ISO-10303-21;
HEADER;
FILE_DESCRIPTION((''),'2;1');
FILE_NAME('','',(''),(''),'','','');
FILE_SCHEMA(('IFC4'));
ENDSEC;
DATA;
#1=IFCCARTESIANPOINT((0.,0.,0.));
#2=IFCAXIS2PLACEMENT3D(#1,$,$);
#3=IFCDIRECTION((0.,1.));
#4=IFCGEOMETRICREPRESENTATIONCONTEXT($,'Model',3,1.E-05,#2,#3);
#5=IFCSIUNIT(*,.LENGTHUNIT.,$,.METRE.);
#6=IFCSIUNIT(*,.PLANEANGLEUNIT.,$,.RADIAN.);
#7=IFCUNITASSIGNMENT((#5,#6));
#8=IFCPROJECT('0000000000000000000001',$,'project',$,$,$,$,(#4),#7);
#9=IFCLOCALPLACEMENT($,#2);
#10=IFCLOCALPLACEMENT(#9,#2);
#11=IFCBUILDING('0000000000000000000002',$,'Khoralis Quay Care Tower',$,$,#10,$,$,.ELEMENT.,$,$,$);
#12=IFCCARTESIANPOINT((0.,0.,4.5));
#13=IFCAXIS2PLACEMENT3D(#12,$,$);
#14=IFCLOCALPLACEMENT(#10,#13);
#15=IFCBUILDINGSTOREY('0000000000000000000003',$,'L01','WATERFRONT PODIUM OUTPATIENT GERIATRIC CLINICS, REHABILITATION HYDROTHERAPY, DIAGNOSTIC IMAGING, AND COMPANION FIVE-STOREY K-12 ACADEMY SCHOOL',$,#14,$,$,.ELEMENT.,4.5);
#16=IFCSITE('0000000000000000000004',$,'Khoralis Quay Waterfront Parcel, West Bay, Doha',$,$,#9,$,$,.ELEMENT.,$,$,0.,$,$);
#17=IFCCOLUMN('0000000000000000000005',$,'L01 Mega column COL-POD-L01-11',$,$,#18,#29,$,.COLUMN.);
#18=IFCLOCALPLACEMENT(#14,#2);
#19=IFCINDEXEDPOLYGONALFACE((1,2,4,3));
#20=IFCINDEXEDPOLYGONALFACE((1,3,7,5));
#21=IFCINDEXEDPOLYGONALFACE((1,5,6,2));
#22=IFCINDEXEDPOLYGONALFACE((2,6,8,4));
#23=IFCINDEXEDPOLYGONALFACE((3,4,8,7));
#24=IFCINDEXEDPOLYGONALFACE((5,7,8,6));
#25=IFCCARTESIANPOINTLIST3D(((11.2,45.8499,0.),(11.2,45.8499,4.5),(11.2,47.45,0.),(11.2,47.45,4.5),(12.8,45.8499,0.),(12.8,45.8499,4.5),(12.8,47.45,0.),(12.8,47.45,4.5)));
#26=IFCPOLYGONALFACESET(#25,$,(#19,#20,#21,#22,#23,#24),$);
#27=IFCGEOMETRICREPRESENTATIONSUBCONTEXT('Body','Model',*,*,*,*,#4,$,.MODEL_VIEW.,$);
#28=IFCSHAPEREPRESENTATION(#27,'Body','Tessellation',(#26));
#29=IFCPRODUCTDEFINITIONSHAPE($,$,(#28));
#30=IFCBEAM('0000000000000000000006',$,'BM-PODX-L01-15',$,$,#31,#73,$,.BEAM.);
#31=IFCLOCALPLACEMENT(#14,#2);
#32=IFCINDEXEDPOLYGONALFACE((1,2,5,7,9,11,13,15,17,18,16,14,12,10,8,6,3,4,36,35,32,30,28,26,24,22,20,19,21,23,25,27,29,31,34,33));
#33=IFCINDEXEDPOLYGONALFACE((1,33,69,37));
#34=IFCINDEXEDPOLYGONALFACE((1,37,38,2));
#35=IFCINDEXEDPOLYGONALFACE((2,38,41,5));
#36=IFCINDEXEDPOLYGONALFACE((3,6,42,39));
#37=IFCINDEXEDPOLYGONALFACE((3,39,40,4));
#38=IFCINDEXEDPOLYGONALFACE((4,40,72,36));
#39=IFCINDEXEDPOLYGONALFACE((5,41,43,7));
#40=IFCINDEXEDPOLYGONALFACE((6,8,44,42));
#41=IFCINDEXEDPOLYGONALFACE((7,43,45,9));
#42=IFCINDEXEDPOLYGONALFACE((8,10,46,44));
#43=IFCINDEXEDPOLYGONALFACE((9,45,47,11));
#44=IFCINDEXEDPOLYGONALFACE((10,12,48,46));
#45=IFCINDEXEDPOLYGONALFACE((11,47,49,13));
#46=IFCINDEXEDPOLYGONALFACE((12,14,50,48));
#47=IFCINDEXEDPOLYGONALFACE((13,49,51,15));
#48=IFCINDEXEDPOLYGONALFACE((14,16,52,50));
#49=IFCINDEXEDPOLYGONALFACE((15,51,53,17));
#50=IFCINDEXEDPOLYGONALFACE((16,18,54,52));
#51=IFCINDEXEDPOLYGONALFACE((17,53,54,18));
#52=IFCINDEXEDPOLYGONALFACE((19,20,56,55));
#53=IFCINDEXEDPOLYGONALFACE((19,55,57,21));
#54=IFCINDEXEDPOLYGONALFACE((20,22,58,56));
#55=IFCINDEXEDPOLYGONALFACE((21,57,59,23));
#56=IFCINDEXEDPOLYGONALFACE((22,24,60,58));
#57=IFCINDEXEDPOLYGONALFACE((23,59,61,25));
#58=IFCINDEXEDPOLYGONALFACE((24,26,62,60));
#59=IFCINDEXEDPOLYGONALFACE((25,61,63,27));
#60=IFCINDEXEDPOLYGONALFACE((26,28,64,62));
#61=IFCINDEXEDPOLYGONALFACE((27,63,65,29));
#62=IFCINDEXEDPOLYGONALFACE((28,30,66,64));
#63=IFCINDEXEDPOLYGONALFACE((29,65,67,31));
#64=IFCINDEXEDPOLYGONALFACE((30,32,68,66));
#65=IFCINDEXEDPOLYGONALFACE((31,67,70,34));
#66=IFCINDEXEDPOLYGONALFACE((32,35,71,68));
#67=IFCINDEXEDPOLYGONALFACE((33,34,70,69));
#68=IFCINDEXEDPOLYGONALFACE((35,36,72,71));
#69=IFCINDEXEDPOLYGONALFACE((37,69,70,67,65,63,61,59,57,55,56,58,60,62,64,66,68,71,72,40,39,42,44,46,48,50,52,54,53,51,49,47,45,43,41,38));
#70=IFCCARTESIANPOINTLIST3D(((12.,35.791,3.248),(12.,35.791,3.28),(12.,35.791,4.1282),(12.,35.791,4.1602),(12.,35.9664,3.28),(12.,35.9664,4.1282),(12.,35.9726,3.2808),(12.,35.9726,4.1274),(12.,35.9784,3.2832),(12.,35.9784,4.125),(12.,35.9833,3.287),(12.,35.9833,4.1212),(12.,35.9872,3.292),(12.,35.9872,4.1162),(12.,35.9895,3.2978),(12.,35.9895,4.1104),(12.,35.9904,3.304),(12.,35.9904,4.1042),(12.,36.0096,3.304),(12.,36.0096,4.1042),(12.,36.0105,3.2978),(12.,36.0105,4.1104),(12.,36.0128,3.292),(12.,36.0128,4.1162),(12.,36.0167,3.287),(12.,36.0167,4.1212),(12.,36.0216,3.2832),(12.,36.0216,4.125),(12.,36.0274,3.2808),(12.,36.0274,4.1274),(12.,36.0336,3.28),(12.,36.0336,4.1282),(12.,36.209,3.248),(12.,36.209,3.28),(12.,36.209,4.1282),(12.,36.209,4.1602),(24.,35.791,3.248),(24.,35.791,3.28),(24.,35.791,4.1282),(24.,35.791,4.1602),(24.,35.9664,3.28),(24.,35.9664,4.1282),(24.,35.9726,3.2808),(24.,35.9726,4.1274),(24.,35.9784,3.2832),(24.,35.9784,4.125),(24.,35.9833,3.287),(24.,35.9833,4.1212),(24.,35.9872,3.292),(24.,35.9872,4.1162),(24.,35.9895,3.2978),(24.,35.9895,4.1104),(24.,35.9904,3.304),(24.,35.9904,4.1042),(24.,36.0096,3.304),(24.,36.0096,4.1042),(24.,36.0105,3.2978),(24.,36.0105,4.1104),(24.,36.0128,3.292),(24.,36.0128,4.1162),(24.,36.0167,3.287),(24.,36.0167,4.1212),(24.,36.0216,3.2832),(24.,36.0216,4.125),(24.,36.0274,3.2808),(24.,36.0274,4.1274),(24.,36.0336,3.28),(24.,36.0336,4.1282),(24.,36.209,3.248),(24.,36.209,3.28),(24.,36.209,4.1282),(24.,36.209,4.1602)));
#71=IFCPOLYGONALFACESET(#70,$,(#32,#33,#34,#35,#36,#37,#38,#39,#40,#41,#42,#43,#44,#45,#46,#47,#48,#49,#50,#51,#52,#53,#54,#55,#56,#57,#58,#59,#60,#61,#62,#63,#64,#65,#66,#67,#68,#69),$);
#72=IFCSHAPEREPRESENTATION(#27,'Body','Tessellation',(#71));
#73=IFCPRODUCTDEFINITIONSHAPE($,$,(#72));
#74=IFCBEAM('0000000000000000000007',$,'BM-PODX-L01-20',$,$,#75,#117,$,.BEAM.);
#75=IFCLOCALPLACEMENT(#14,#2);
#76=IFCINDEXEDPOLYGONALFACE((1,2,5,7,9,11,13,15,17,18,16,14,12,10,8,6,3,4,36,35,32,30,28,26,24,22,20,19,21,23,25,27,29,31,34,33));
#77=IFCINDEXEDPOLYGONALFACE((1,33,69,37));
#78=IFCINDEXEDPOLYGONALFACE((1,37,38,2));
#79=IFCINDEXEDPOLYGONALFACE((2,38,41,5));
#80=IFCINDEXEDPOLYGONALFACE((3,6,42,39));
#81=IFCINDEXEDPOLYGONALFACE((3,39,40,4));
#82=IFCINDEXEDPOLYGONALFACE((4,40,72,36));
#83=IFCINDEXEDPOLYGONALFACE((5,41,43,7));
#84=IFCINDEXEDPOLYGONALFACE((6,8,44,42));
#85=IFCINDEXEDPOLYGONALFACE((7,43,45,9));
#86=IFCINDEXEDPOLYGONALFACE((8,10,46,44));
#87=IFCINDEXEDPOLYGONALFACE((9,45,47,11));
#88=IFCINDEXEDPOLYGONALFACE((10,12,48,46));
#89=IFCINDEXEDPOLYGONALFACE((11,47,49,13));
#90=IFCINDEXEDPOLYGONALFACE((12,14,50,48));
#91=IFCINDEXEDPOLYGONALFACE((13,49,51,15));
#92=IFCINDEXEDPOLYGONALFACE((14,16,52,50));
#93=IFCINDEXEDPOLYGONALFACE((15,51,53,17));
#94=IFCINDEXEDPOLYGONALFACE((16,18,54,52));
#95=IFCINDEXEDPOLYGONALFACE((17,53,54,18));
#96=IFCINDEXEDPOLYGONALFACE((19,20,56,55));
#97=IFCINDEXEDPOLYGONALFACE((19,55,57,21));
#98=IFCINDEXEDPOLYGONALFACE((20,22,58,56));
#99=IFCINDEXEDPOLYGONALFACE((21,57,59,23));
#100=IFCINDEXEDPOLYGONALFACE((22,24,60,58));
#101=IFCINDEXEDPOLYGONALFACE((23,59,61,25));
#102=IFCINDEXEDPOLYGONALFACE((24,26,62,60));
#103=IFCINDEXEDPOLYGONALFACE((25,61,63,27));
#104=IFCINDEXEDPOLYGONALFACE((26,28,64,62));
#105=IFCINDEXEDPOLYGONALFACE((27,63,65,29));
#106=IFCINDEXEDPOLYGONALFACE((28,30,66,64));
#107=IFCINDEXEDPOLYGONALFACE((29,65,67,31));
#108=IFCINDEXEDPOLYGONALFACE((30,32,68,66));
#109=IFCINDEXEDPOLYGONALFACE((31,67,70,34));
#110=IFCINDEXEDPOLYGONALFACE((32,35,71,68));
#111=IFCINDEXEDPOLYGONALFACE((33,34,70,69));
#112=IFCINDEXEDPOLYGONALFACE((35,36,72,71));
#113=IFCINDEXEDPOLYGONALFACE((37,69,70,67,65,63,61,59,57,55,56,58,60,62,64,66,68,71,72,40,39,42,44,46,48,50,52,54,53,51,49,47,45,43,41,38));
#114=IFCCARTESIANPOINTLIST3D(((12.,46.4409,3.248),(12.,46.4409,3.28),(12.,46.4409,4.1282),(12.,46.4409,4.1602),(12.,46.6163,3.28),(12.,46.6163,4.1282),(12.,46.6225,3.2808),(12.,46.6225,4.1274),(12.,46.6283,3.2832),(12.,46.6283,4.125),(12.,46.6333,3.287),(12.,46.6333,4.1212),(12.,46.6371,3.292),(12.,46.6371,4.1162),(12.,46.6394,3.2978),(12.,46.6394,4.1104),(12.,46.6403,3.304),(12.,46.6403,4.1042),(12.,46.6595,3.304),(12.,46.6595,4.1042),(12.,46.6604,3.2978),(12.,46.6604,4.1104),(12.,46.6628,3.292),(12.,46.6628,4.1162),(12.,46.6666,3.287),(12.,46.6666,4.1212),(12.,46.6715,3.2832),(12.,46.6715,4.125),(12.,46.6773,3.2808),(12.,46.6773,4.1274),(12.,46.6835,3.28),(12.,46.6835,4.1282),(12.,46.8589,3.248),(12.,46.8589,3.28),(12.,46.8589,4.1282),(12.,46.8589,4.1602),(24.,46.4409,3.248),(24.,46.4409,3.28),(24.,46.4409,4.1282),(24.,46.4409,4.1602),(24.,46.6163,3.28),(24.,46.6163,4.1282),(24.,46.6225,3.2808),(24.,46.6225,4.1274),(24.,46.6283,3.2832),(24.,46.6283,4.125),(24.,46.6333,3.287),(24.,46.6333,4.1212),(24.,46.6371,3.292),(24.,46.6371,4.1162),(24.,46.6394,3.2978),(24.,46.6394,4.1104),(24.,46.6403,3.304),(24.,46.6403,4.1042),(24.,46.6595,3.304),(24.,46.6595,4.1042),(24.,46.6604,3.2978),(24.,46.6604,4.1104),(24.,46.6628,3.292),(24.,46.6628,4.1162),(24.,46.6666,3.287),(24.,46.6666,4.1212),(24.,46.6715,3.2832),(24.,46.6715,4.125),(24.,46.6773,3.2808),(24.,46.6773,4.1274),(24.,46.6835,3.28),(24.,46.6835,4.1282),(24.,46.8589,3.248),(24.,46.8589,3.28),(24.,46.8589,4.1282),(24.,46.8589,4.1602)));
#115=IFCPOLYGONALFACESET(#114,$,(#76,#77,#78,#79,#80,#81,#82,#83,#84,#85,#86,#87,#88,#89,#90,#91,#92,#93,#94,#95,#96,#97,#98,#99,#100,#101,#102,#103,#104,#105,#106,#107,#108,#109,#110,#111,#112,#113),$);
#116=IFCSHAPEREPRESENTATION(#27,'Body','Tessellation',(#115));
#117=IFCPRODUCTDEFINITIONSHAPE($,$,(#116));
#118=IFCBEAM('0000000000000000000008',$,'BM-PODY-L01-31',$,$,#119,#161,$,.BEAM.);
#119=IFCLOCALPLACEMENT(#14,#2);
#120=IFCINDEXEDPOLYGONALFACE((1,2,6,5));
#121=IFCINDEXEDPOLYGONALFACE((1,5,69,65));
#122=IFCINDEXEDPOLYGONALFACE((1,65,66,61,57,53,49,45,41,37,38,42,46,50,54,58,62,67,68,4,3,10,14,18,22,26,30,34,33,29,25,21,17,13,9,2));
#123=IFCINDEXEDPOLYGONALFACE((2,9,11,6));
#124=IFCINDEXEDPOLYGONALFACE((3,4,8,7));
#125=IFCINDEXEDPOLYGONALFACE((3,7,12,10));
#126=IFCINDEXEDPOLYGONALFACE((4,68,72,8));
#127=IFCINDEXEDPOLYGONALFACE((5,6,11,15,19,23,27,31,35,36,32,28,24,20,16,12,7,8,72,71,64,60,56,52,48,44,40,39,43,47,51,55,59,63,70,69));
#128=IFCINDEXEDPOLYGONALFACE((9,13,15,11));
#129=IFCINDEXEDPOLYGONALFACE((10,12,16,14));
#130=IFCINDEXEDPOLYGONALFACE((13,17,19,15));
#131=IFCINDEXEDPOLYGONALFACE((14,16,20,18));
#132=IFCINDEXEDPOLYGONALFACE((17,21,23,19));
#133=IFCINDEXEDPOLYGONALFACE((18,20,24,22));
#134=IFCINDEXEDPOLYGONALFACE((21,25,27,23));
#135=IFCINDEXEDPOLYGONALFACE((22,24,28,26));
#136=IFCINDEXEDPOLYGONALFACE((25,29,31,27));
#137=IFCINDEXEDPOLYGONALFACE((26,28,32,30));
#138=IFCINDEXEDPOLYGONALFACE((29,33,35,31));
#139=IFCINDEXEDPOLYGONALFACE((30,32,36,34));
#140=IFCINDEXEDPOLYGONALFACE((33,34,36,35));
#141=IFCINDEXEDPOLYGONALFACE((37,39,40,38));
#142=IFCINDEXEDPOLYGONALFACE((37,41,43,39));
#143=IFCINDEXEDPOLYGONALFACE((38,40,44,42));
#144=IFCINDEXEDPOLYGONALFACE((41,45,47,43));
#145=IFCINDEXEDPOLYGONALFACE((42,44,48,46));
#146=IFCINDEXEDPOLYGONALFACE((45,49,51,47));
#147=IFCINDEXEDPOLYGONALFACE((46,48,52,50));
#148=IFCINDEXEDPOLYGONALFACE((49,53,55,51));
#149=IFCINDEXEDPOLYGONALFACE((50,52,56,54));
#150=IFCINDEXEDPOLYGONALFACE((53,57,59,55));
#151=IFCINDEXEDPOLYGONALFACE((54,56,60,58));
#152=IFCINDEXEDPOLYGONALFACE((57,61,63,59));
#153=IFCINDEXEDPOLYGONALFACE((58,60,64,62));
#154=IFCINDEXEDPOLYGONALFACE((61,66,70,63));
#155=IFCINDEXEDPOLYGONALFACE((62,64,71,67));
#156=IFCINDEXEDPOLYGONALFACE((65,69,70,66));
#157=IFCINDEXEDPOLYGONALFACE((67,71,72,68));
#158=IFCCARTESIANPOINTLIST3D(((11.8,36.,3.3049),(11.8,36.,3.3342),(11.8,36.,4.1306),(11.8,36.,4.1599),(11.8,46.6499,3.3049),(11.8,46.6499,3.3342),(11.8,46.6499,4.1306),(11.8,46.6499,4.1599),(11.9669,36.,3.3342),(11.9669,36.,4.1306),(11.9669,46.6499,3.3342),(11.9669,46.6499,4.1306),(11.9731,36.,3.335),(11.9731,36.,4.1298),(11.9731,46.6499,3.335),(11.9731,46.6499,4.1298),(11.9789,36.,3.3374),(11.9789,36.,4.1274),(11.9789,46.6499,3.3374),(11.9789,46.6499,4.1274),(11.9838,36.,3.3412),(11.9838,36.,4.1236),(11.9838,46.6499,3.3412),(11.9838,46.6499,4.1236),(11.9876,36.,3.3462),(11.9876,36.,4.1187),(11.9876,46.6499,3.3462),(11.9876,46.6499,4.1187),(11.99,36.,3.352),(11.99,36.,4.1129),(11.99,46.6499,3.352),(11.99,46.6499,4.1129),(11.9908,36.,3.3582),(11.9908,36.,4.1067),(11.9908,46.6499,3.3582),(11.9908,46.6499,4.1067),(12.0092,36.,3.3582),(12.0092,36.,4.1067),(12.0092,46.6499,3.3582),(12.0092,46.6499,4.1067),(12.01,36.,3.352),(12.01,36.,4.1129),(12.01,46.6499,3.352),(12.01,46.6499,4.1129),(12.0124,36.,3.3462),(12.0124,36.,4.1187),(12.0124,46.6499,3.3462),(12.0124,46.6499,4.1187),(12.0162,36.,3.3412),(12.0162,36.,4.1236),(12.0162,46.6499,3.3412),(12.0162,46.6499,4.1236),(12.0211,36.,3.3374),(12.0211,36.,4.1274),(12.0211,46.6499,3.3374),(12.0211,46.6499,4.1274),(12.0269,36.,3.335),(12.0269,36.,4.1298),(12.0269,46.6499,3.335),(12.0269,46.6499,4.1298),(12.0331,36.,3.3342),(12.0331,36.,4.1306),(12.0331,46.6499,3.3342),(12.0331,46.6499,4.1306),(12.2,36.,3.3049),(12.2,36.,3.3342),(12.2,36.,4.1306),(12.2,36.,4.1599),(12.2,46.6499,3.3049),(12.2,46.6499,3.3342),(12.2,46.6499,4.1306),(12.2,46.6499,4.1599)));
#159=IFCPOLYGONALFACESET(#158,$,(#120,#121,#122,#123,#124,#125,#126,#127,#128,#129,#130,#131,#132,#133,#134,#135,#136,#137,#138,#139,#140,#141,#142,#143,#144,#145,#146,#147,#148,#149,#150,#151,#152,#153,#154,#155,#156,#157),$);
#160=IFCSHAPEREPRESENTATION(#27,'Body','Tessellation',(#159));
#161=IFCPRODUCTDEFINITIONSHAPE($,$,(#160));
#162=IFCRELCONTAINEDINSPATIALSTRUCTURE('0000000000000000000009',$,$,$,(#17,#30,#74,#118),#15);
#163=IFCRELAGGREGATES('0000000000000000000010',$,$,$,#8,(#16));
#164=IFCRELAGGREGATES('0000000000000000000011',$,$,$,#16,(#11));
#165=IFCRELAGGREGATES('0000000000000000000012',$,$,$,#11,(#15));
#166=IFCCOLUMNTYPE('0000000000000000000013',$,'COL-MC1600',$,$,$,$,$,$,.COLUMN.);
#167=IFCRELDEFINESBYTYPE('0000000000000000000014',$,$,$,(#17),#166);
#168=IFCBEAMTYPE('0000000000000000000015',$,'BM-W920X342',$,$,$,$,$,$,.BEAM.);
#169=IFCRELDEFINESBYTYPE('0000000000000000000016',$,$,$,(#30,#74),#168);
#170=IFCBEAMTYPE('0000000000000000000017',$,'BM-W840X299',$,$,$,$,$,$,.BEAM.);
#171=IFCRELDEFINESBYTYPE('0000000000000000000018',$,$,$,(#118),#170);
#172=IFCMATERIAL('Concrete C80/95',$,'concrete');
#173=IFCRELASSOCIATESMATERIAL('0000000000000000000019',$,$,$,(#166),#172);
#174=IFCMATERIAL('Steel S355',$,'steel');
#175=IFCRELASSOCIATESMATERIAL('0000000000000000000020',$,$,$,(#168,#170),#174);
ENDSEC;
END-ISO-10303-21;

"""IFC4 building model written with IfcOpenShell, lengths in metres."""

from ifc_helpers import new_model, si_unit, direction, frame, origin, origin_2d, place, context, subcontext, project, spatial, rectangle, i_section, extrude, source, transform, mapped, material, material_profile, profile_set, type_object, element, save


model = new_model("IFC4")

# Units and contexts
model_context = context("Model", 3, precision=1e-05, world=origin(), true_north=direction((0.0, 1.0)))
body_context = subcontext(model_context, "Body", "Model", "MODEL_VIEW")
ifc_project = project(units=[si_unit("LENGTHUNIT", "METRE"), si_unit("PLANEANGLEUNIT", "RADIAN")], contexts=[model_context])

# Site, building, storey
site_placement = place(None, origin())
site = spatial("IfcSite", under=ifc_project, at=site_placement, Name="Khoralis Quay Waterfront Parcel, West Bay, Doha", CompositionType="ELEMENT", RefElevation=0.0)
building_placement = place(site_placement, origin())
building = spatial("IfcBuilding", under=site, at=building_placement, Name="Khoralis Quay Care Tower", CompositionType="ELEMENT")
storey_placement = place(building_placement, frame((0.0, 0.0, 4.5)))
storey = spatial("IfcBuildingStorey", under=building, at=storey_placement, Name="L01", Description="WATERFRONT PODIUM OUTPATIENT GERIATRIC CLINICS, REHABILITATION HYDROTHERAPY, DIAGNOSTIC IMAGING, AND COMPANION FIVE-STOREY K-12 ACADEMY SCHOOL", CompositionType="ELEMENT", Elevation=4.5)

# Column
ifc_material_1 = material(Name="Concrete C80/95", Category="concrete")
ifc_material_profile_1 = material_profile(ifc_material_1, rectangle(XDim=1.6001, YDim=1.6001, at=origin_2d()), Name="Concrete C80/95")
ifc_profile_set_1 = profile_set([ifc_material_profile_1], Name="Concrete C80/95")
column_type = type_object("IfcColumnType", Name="COL-MC1600", PredefinedType="COLUMN", material=ifc_profile_set_1)
shared_shape_1 = source(origin(), body_context, "Body", "SweptSolid", [
    extrude(rectangle(XDim=1.6001, YDim=1.6001, at=origin_2d()), origin(), (0.0, 0.0, 1.0), 4.5),
])
column_placement = place(storey_placement, frame((12.0, 46.6499, 0.0), z_axis=(0.0, 0.0, 1.0), x_axis=(1.0, 0.0, 0.0)))
element("IfcColumn", 1, at=column_placement, inside=storey, type_object=column_type, Name="L01 Mega column COL-POD-L01-11", PredefinedType="COLUMN", context=body_context, shape_type="MappedRepresentation", body=[
    mapped(shared_shape_1, transform((0.0, 0.0, 0.0), scale=1.0)),
])

# Beams
ifc_material_2 = material(Name="Steel S355", Category="steel")
ifc_material_profile_2 = material_profile(ifc_material_2, i_section(OverallWidth=0.418, OverallDepth=0.9121, WebThickness=0.0193, FlangeThickness=0.032, FilletRadius=0.0239, at=origin_2d()), Name="Steel S355")
ifc_profile_set_2 = profile_set([ifc_material_profile_2], Name="Steel S355")
beam_type_1 = type_object("IfcBeamType", Name="BM-W920X342", PredefinedType="BEAM", material=ifc_profile_set_2)
shared_shape_2 = source(origin(), body_context, "Body", "SweptSolid", [
    extrude(i_section(OverallWidth=0.418, OverallDepth=0.9121, WebThickness=0.0193, FlangeThickness=0.032, FilletRadius=0.0239, at=origin_2d()), origin(), (0.0, 0.0, 1.0), 12.0),
])
for number, where, z_axis, x_axis, name in (
    (2, (12.0, 36.0, 3.7041), (1.0, 0.0, 0.0), (0.0, 1.0, 0.0), "BM-PODX-L01-15"),
    (3, (12.0, 46.6499, 3.7041), (1.0, 0.0, 0.0), (0.0, 1.0, 0.0), "BM-PODX-L01-20"),
):
    element("IfcBeam", number, at=place(storey_placement, frame(where, z_axis=z_axis, x_axis=x_axis)), inside=storey, type_object=beam_type_1, Name=name, PredefinedType="BEAM", context=body_context, shape_type="MappedRepresentation", body=[
        mapped(shared_shape_2, transform((0.0, 0.0, 0.0), scale=1.0)),
    ])
ifc_material_profile_3 = material_profile(ifc_material_2, i_section(OverallWidth=0.3999, OverallDepth=0.855, WebThickness=0.0183, FlangeThickness=0.0293, FilletRadius=0.0239, at=origin_2d()), Name="Steel S355")
ifc_profile_set_3 = profile_set([ifc_material_profile_3], Name="Steel S355")
beam_type_2 = type_object("IfcBeamType", Name="BM-W840X299", PredefinedType="BEAM", material=ifc_profile_set_3)
shared_shape_3 = source(origin(), body_context, "Body", "SweptSolid", [
    extrude(i_section(OverallWidth=0.3999, OverallDepth=0.855, WebThickness=0.0183, FlangeThickness=0.0293, FilletRadius=0.0239, at=origin_2d()), origin(), (0.0, 0.0, 1.0), 10.6499),
])
beam_1_placement = place(storey_placement, frame((12.0, 36.0, 3.7324), z_axis=(0.0, 1.0, 0.0), x_axis=(-1.0, 0.0, 0.0)))
element("IfcBeam", 4, at=beam_1_placement, inside=storey, type_object=beam_type_2, Name="BM-PODY-L01-31", PredefinedType="BEAM", context=body_context, shape_type="MappedRepresentation", body=[
    mapped(shared_shape_3, transform((0.0, 0.0, 0.0), scale=1.0)),
])

save(model, "model.ifc")
